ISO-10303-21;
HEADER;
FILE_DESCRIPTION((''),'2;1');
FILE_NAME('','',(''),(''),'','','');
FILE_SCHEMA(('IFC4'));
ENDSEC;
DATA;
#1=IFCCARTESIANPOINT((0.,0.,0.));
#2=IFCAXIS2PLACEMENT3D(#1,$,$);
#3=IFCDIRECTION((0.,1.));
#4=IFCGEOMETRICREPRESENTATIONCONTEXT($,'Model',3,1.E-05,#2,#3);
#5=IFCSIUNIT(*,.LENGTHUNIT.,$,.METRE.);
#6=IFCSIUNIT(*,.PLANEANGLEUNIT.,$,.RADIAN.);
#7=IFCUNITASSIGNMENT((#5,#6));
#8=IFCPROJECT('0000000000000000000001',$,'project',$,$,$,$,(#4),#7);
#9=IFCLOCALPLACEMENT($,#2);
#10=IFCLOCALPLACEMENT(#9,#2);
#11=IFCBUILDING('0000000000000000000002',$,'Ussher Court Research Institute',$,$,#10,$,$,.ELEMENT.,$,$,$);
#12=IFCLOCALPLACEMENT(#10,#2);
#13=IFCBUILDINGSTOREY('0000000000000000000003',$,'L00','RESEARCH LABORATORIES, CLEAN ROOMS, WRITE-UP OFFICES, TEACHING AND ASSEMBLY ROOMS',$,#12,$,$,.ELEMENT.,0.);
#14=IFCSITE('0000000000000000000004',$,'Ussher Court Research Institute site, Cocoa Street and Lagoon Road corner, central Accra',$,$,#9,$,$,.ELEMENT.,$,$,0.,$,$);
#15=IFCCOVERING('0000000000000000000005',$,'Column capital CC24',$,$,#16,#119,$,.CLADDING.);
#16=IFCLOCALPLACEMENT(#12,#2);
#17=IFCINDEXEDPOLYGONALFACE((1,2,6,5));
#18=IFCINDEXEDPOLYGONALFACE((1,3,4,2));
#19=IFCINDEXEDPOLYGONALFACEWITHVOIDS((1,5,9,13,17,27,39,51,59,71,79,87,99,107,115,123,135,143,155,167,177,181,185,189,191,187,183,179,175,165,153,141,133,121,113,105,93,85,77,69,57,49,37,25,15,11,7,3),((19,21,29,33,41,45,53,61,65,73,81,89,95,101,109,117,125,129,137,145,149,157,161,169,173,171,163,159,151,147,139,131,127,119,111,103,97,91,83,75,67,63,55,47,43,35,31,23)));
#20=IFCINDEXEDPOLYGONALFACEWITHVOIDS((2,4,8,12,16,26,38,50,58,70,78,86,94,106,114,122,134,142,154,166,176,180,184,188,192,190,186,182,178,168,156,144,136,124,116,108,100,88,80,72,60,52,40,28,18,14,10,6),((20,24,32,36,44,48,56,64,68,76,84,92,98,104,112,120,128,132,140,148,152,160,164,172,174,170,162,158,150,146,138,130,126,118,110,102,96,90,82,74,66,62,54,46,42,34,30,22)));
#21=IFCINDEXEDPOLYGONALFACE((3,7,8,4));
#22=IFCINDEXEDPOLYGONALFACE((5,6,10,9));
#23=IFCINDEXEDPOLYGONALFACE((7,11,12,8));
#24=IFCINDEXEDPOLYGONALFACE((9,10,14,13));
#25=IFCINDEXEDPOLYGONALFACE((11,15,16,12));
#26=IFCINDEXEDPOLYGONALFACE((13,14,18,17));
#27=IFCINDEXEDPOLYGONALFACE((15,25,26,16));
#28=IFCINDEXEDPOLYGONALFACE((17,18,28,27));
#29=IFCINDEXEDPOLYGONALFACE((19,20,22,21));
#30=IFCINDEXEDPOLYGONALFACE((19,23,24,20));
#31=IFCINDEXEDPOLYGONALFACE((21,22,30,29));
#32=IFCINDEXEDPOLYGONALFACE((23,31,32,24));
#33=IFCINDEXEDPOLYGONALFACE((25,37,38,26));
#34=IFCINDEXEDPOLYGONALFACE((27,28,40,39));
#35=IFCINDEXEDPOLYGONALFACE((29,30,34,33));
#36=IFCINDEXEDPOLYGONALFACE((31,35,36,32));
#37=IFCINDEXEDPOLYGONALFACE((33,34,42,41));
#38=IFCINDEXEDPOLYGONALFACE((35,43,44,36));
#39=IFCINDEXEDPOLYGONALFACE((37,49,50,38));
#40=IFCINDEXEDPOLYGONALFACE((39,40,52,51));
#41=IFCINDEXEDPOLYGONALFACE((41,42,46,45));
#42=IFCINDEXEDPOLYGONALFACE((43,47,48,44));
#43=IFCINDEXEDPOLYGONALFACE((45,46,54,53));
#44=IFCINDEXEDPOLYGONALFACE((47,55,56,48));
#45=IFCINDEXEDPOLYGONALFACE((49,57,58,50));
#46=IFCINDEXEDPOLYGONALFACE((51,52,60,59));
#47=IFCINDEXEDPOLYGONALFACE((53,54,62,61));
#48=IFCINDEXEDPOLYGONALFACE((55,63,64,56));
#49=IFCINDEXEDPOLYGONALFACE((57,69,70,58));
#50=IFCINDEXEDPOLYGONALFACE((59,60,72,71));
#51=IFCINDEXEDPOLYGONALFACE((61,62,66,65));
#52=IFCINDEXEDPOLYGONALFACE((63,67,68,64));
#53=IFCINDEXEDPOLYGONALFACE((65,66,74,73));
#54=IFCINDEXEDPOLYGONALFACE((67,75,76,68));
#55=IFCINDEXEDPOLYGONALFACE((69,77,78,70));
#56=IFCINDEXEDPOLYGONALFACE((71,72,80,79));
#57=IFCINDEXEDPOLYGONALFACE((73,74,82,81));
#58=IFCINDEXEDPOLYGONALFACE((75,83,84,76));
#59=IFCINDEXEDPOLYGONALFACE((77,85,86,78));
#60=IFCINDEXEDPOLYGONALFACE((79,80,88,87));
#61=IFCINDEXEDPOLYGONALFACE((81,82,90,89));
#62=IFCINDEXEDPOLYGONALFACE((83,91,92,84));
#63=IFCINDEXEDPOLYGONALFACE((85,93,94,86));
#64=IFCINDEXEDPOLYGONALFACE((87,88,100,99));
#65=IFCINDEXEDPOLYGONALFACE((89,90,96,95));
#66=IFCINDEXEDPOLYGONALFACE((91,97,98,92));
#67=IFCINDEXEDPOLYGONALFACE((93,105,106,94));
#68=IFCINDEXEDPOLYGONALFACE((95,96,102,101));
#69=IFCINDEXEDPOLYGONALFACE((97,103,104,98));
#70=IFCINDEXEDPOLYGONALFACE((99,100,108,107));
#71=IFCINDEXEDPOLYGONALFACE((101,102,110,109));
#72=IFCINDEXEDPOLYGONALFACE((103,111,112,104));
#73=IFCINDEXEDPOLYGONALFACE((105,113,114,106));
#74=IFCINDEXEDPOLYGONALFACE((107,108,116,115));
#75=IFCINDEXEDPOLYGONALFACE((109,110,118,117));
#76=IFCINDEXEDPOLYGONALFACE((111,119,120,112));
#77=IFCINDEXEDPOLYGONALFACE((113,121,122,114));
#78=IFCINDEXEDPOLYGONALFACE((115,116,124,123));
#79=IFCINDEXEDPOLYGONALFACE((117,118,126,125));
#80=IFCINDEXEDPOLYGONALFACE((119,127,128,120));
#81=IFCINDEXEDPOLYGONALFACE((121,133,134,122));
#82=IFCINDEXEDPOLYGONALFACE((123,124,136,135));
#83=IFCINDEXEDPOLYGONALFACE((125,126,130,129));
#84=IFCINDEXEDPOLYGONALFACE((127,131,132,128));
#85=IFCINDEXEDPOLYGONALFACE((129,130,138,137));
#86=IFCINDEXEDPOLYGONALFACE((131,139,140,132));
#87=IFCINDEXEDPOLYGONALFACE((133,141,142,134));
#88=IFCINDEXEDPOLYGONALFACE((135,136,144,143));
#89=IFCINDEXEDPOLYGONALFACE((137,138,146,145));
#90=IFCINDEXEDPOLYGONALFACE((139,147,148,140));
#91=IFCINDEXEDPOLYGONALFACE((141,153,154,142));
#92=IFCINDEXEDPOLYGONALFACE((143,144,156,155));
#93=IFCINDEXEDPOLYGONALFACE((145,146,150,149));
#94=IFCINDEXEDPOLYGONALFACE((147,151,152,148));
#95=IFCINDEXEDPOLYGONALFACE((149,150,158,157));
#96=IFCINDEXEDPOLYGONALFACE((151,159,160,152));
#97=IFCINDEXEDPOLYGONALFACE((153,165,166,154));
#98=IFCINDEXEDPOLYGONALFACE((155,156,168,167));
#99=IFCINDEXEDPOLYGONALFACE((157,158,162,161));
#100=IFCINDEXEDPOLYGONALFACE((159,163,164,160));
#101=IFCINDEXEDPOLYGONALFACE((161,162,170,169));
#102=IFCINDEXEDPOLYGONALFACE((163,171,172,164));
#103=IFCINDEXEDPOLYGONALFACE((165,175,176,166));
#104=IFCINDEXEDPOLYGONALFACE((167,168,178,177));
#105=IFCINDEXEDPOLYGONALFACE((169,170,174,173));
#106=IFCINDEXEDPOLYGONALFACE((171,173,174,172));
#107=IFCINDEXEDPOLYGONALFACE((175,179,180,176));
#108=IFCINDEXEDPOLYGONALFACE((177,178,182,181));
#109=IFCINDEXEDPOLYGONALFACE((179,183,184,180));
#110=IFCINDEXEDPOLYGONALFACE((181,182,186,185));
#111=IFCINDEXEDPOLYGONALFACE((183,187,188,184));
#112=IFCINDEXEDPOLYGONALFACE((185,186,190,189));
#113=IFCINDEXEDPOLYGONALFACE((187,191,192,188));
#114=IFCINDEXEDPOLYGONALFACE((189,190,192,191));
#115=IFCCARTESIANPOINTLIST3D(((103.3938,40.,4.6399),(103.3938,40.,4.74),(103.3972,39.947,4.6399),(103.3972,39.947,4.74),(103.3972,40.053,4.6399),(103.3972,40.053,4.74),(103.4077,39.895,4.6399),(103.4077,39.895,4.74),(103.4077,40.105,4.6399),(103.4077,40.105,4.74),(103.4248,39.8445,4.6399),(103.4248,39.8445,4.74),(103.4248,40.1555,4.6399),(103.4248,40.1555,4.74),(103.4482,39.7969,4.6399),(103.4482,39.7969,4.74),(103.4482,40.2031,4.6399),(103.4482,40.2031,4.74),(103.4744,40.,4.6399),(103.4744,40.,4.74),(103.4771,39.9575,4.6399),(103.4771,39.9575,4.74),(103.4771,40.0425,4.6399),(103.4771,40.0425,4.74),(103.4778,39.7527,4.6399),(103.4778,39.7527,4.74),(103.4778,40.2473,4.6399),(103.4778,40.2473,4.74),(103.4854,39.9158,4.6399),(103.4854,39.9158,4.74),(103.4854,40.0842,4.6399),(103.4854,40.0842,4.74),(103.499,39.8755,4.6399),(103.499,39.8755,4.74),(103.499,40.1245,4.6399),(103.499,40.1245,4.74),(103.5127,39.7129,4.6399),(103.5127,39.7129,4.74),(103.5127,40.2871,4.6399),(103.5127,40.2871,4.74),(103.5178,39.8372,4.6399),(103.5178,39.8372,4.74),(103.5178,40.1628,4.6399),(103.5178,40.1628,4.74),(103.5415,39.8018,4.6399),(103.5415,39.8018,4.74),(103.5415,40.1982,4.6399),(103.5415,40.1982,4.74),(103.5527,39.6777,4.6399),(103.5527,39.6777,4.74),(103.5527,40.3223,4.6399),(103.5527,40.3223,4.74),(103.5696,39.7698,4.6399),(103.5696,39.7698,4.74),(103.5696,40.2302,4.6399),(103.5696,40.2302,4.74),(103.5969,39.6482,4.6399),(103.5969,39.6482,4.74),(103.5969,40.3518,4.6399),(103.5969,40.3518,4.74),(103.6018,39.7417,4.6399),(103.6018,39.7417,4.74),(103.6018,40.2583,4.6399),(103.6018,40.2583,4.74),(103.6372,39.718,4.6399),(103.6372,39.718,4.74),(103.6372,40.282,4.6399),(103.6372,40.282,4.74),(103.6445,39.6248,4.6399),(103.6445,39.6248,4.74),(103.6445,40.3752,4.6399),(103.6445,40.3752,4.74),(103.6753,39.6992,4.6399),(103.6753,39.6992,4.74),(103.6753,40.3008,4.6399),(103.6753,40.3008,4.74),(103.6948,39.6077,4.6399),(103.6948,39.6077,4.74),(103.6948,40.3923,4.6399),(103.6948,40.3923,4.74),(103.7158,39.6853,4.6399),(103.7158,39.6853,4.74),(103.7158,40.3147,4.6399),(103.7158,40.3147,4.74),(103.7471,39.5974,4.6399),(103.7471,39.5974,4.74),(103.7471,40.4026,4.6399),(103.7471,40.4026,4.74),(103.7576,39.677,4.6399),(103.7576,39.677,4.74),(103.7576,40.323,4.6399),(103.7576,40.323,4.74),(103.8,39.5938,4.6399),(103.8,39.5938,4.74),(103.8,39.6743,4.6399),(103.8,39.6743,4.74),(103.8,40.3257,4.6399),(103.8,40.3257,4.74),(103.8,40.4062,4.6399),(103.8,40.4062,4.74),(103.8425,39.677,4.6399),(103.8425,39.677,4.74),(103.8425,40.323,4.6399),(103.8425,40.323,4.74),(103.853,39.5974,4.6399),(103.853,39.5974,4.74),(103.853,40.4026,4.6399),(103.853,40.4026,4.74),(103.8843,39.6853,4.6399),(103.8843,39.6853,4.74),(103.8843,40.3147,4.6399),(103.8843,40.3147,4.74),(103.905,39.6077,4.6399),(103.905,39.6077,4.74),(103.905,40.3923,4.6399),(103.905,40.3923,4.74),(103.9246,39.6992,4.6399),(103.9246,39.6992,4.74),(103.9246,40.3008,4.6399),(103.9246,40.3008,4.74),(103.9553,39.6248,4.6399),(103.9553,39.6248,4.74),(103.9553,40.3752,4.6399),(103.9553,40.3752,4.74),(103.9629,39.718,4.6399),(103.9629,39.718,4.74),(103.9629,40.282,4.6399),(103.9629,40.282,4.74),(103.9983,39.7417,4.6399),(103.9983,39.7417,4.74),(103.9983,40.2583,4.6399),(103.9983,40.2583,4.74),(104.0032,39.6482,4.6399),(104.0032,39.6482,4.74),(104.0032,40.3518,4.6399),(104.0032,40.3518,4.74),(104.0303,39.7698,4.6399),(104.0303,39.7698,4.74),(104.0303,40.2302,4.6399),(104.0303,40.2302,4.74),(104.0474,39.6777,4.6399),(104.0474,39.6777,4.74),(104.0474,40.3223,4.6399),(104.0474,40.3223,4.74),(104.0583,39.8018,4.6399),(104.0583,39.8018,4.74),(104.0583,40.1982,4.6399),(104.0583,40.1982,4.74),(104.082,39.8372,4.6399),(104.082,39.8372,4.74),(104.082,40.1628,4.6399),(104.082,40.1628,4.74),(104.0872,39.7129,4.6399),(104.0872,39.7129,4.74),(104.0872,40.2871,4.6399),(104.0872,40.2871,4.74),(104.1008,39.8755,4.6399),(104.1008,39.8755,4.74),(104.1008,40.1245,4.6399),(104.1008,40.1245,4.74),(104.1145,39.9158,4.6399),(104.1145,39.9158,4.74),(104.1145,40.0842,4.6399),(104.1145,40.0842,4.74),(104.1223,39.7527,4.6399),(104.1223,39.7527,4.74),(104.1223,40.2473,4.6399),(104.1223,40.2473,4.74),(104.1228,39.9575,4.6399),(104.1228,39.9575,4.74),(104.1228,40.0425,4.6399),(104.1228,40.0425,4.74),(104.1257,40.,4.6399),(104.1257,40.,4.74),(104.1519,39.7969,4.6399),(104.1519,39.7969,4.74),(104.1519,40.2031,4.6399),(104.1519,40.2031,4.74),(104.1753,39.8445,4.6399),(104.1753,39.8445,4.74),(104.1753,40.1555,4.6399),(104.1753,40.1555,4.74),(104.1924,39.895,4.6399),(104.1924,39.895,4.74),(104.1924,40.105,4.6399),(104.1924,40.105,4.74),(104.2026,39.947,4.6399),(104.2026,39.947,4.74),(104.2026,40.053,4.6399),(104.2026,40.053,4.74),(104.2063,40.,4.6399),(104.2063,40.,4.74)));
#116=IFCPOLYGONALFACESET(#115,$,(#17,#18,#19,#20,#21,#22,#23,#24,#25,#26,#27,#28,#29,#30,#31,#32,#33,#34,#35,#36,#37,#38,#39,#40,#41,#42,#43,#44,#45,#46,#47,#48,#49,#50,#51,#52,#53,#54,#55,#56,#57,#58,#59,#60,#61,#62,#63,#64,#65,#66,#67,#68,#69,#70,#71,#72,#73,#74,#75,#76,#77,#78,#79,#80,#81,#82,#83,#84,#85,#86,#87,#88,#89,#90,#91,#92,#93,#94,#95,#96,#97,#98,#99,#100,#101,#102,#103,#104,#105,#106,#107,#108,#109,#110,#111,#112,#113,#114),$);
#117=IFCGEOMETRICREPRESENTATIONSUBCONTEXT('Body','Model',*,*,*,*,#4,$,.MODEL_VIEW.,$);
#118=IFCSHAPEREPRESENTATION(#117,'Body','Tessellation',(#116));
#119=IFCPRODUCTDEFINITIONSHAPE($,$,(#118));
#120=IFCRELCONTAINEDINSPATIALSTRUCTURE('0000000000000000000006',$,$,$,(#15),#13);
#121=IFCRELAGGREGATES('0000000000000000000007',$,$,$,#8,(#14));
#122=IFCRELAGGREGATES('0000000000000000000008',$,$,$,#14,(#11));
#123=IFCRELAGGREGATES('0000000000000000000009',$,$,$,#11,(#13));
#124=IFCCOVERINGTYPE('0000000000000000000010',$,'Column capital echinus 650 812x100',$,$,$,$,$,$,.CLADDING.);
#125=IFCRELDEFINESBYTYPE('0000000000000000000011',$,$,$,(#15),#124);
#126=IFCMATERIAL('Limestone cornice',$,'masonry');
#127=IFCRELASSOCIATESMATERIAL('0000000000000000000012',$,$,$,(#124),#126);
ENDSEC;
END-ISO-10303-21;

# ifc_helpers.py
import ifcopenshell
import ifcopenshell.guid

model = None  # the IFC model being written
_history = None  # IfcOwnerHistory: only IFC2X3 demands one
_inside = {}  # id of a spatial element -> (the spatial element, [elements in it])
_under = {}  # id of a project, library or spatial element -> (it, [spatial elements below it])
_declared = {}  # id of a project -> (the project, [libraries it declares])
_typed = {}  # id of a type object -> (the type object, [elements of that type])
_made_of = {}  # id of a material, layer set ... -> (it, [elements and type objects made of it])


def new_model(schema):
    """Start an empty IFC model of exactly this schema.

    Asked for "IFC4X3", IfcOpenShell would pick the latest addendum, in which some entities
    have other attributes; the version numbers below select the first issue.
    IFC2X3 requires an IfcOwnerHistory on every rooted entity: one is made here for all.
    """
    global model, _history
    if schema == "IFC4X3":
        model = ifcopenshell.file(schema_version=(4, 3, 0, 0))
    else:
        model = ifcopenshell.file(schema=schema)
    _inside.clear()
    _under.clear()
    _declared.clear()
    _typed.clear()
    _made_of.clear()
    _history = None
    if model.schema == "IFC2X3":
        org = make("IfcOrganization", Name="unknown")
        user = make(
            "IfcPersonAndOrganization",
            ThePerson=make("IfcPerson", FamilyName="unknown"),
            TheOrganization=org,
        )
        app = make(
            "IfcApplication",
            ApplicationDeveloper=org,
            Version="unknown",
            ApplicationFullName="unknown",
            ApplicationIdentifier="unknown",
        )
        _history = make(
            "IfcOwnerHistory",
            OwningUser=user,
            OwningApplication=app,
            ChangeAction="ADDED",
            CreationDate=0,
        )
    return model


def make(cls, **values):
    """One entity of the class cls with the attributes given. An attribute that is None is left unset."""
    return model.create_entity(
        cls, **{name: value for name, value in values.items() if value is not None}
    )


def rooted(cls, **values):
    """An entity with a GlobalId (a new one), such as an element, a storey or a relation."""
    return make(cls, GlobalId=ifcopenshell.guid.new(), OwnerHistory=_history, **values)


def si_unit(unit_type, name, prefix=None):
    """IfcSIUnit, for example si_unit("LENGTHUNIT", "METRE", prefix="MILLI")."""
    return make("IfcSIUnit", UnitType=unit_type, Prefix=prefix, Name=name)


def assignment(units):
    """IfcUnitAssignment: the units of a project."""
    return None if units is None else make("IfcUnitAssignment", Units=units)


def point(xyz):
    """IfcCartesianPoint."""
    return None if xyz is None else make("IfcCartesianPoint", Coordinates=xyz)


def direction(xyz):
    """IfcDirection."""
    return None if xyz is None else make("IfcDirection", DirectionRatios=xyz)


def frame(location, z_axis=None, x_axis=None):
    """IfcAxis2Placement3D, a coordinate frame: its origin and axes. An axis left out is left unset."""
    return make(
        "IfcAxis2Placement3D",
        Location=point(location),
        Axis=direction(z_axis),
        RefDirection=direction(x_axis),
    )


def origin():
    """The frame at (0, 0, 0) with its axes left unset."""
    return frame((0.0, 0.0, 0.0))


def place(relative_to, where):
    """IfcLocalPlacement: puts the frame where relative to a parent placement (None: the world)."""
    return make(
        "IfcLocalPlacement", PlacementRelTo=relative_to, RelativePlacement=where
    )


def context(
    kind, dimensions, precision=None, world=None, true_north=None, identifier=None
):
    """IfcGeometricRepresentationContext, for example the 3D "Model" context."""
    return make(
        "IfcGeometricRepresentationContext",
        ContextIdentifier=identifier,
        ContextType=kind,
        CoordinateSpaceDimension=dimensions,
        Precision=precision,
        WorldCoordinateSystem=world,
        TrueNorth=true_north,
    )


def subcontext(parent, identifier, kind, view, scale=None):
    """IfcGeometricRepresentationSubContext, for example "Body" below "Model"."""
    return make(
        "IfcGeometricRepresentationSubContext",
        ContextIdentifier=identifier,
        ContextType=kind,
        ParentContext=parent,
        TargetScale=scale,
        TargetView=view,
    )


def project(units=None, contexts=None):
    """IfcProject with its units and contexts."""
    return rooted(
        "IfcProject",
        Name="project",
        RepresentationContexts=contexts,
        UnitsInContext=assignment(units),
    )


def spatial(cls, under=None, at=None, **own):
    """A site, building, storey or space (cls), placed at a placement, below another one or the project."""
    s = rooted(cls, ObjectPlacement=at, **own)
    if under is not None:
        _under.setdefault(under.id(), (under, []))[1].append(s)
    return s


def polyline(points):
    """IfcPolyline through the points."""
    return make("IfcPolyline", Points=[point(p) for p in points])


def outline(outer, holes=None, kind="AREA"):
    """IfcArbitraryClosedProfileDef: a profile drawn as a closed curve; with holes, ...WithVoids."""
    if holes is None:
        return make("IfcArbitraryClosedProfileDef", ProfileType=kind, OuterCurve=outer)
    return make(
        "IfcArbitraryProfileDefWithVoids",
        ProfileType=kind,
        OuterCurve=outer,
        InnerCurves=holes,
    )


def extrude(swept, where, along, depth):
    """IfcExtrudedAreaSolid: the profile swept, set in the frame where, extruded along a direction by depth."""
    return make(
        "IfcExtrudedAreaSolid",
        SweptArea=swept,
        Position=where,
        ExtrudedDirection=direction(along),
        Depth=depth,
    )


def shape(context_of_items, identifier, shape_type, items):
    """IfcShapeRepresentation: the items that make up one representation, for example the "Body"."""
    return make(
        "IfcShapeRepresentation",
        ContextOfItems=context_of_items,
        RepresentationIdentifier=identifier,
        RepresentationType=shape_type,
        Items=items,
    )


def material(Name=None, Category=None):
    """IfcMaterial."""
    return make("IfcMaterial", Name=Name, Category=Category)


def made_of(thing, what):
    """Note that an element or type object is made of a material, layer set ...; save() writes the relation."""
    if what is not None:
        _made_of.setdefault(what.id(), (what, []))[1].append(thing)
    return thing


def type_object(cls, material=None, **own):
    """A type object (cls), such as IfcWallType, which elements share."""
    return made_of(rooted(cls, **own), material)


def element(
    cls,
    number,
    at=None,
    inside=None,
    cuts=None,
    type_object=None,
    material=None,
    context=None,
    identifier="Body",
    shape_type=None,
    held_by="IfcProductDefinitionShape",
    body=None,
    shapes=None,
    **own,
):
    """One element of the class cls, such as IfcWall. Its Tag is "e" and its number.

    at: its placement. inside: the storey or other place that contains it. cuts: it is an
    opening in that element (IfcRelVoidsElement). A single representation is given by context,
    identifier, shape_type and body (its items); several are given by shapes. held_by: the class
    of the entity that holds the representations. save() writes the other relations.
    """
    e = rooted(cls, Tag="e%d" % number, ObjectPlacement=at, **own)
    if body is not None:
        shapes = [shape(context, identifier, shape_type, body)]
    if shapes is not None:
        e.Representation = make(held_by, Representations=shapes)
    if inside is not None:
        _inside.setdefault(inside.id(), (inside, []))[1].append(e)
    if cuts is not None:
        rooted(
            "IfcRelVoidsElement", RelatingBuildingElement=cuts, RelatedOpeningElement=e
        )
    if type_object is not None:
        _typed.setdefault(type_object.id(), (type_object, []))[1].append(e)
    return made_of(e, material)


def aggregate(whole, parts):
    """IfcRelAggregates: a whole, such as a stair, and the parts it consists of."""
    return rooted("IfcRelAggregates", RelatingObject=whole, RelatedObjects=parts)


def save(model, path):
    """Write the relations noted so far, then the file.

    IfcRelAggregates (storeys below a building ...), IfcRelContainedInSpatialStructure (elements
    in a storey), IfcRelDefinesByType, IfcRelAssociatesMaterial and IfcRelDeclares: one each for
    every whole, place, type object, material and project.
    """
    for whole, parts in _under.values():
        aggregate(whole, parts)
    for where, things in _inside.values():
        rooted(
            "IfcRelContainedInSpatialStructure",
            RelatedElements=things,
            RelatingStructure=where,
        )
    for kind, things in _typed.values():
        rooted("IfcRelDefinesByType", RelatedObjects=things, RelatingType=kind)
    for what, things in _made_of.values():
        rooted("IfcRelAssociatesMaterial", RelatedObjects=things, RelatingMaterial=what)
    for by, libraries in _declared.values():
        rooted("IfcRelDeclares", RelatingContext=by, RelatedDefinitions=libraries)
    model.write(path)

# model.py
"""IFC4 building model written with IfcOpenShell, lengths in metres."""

from ifc_helpers import new_model, si_unit, direction, frame, origin, place, context, subcontext, project, spatial, polyline, outline, extrude, material, type_object, element, save


model = new_model("IFC4")

# Units and contexts
model_context = context("Model", 3, precision=1e-05, world=origin(), true_north=direction((0.0, 1.0)))
body_context = subcontext(model_context, "Body", "Model", "MODEL_VIEW")
ifc_project = project(units=[si_unit("LENGTHUNIT", "METRE"), si_unit("PLANEANGLEUNIT", "RADIAN")], contexts=[model_context])

# Site, building, storey
site_placement = place(None, origin())
site = spatial("IfcSite", under=ifc_project, at=site_placement, Name="Ussher Court Research Institute site, Cocoa Street and Lagoon Road corner, central Accra", CompositionType="ELEMENT", RefElevation=0.0)
building_placement = place(site_placement, origin())
building = spatial("IfcBuilding", under=site, at=building_placement, Name="Ussher Court Research Institute", CompositionType="ELEMENT")
storey_placement = place(building_placement, origin())
storey = spatial("IfcBuildingStorey", under=building, at=storey_placement, Name="L00", Description="RESEARCH LABORATORIES, CLEAN ROOMS, WRITE-UP OFFICES, TEACHING AND ASSEMBLY ROOMS", CompositionType="ELEMENT", Elevation=0.0)

# Covering
ifc_material_1 = material(Name="Limestone cornice", Category="masonry")
covering_type_1 = type_object("IfcCoveringType", Name="Column capital echinus 650 812x100", PredefinedType="CLADDING", material=ifc_material_1)
covering_1_placement = place(storey_placement, frame((0.0, 0.0, 4.6399)))
element("IfcCovering", 1, at=covering_1_placement, inside=storey, type_object=covering_type_1, Name="Column capital CC24", PredefinedType="CLADDING", context=body_context, shape_type="SweptSolid", body=[
    extrude(outline(polyline([(104.2063, 40.0), (104.2026, 40.053), (104.1924, 40.105), (104.1753, 40.1555), (104.1519, 40.2031), (104.1223, 40.2473), (104.0872, 40.2871), (104.0474, 40.3223), (104.0032, 40.3518), (103.9553, 40.3752), (103.905, 40.3923), (103.853, 40.4026), (103.8, 40.4062), (103.7471, 40.4026), (103.6948, 40.3923), (103.6445, 40.3752), (103.5969, 40.3518), (103.5527, 40.3223), (103.5127, 40.2871), (103.4778, 40.2473), (103.4482, 40.2031), (103.4248, 40.1555), (103.4077, 40.105), (103.3972, 40.053), (103.3938, 40.0), (103.3972, 39.947), (103.4077, 39.895), (103.4248, 39.8445), (103.4482, 39.7969), (103.4778, 39.7527), (103.5127, 39.7129), (103.5527, 39.6777), (103.5969, 39.6482), (103.6445, 39.6248), (103.6948, 39.6077), (103.7471, 39.5974), (103.8, 39.5938), (103.853, 39.5974), (103.905, 39.6077), (103.9553, 39.6248), (104.0032, 39.6482), (104.0474, 39.6777), (104.0872, 39.7129), (104.1223, 39.7527), (104.1519, 39.7969), (104.1753, 39.8445), (104.1924, 39.895), (104.2026, 39.947), (104.2063, 40.0)]), holes=[polyline([(104.1257, 40.0), (104.1228, 40.0425), (104.1145, 40.0842), (104.1008, 40.1245), (104.082, 40.1628), (104.0583, 40.1982), (104.0303, 40.2302), (103.9983, 40.2583), (103.9629, 40.282), (103.9246, 40.3008), (103.8843, 40.3147), (103.8425, 40.323), (103.8, 40.3257), (103.7576, 40.323), (103.7158, 40.3147), (103.6753, 40.3008), (103.6372, 40.282), (103.6018, 40.2583), (103.5696, 40.2302), (103.5415, 40.1982), (103.5178, 40.1628), (103.499, 40.1245), (103.4854, 40.0842), (103.4771, 40.0425), (103.4744, 40.0), (103.4771, 39.9575), (103.4854, 39.9158), (103.499, 39.8755), (103.5178, 39.8372), (103.5415, 39.8018), (103.5696, 39.7698), (103.6018, 39.7417), (103.6372, 39.718), (103.6753, 39.6992), (103.7158, 39.6853), (103.7576, 39.677), (103.8, 39.6743), (103.8425, 39.677), (103.8843, 39.6853), (103.9246, 39.6992), (103.9629, 39.718), (103.9983, 39.7417), (104.0303, 39.7698), (104.0583, 39.8018), (104.082, 39.8372), (104.1008, 39.8755), (104.1145, 39.9158), (104.1228, 39.9575), (104.1257, 40.0)])]), origin(), (0.0, 0.0, 1.0), 0.1001),
])

save(model, "model.ifc")
